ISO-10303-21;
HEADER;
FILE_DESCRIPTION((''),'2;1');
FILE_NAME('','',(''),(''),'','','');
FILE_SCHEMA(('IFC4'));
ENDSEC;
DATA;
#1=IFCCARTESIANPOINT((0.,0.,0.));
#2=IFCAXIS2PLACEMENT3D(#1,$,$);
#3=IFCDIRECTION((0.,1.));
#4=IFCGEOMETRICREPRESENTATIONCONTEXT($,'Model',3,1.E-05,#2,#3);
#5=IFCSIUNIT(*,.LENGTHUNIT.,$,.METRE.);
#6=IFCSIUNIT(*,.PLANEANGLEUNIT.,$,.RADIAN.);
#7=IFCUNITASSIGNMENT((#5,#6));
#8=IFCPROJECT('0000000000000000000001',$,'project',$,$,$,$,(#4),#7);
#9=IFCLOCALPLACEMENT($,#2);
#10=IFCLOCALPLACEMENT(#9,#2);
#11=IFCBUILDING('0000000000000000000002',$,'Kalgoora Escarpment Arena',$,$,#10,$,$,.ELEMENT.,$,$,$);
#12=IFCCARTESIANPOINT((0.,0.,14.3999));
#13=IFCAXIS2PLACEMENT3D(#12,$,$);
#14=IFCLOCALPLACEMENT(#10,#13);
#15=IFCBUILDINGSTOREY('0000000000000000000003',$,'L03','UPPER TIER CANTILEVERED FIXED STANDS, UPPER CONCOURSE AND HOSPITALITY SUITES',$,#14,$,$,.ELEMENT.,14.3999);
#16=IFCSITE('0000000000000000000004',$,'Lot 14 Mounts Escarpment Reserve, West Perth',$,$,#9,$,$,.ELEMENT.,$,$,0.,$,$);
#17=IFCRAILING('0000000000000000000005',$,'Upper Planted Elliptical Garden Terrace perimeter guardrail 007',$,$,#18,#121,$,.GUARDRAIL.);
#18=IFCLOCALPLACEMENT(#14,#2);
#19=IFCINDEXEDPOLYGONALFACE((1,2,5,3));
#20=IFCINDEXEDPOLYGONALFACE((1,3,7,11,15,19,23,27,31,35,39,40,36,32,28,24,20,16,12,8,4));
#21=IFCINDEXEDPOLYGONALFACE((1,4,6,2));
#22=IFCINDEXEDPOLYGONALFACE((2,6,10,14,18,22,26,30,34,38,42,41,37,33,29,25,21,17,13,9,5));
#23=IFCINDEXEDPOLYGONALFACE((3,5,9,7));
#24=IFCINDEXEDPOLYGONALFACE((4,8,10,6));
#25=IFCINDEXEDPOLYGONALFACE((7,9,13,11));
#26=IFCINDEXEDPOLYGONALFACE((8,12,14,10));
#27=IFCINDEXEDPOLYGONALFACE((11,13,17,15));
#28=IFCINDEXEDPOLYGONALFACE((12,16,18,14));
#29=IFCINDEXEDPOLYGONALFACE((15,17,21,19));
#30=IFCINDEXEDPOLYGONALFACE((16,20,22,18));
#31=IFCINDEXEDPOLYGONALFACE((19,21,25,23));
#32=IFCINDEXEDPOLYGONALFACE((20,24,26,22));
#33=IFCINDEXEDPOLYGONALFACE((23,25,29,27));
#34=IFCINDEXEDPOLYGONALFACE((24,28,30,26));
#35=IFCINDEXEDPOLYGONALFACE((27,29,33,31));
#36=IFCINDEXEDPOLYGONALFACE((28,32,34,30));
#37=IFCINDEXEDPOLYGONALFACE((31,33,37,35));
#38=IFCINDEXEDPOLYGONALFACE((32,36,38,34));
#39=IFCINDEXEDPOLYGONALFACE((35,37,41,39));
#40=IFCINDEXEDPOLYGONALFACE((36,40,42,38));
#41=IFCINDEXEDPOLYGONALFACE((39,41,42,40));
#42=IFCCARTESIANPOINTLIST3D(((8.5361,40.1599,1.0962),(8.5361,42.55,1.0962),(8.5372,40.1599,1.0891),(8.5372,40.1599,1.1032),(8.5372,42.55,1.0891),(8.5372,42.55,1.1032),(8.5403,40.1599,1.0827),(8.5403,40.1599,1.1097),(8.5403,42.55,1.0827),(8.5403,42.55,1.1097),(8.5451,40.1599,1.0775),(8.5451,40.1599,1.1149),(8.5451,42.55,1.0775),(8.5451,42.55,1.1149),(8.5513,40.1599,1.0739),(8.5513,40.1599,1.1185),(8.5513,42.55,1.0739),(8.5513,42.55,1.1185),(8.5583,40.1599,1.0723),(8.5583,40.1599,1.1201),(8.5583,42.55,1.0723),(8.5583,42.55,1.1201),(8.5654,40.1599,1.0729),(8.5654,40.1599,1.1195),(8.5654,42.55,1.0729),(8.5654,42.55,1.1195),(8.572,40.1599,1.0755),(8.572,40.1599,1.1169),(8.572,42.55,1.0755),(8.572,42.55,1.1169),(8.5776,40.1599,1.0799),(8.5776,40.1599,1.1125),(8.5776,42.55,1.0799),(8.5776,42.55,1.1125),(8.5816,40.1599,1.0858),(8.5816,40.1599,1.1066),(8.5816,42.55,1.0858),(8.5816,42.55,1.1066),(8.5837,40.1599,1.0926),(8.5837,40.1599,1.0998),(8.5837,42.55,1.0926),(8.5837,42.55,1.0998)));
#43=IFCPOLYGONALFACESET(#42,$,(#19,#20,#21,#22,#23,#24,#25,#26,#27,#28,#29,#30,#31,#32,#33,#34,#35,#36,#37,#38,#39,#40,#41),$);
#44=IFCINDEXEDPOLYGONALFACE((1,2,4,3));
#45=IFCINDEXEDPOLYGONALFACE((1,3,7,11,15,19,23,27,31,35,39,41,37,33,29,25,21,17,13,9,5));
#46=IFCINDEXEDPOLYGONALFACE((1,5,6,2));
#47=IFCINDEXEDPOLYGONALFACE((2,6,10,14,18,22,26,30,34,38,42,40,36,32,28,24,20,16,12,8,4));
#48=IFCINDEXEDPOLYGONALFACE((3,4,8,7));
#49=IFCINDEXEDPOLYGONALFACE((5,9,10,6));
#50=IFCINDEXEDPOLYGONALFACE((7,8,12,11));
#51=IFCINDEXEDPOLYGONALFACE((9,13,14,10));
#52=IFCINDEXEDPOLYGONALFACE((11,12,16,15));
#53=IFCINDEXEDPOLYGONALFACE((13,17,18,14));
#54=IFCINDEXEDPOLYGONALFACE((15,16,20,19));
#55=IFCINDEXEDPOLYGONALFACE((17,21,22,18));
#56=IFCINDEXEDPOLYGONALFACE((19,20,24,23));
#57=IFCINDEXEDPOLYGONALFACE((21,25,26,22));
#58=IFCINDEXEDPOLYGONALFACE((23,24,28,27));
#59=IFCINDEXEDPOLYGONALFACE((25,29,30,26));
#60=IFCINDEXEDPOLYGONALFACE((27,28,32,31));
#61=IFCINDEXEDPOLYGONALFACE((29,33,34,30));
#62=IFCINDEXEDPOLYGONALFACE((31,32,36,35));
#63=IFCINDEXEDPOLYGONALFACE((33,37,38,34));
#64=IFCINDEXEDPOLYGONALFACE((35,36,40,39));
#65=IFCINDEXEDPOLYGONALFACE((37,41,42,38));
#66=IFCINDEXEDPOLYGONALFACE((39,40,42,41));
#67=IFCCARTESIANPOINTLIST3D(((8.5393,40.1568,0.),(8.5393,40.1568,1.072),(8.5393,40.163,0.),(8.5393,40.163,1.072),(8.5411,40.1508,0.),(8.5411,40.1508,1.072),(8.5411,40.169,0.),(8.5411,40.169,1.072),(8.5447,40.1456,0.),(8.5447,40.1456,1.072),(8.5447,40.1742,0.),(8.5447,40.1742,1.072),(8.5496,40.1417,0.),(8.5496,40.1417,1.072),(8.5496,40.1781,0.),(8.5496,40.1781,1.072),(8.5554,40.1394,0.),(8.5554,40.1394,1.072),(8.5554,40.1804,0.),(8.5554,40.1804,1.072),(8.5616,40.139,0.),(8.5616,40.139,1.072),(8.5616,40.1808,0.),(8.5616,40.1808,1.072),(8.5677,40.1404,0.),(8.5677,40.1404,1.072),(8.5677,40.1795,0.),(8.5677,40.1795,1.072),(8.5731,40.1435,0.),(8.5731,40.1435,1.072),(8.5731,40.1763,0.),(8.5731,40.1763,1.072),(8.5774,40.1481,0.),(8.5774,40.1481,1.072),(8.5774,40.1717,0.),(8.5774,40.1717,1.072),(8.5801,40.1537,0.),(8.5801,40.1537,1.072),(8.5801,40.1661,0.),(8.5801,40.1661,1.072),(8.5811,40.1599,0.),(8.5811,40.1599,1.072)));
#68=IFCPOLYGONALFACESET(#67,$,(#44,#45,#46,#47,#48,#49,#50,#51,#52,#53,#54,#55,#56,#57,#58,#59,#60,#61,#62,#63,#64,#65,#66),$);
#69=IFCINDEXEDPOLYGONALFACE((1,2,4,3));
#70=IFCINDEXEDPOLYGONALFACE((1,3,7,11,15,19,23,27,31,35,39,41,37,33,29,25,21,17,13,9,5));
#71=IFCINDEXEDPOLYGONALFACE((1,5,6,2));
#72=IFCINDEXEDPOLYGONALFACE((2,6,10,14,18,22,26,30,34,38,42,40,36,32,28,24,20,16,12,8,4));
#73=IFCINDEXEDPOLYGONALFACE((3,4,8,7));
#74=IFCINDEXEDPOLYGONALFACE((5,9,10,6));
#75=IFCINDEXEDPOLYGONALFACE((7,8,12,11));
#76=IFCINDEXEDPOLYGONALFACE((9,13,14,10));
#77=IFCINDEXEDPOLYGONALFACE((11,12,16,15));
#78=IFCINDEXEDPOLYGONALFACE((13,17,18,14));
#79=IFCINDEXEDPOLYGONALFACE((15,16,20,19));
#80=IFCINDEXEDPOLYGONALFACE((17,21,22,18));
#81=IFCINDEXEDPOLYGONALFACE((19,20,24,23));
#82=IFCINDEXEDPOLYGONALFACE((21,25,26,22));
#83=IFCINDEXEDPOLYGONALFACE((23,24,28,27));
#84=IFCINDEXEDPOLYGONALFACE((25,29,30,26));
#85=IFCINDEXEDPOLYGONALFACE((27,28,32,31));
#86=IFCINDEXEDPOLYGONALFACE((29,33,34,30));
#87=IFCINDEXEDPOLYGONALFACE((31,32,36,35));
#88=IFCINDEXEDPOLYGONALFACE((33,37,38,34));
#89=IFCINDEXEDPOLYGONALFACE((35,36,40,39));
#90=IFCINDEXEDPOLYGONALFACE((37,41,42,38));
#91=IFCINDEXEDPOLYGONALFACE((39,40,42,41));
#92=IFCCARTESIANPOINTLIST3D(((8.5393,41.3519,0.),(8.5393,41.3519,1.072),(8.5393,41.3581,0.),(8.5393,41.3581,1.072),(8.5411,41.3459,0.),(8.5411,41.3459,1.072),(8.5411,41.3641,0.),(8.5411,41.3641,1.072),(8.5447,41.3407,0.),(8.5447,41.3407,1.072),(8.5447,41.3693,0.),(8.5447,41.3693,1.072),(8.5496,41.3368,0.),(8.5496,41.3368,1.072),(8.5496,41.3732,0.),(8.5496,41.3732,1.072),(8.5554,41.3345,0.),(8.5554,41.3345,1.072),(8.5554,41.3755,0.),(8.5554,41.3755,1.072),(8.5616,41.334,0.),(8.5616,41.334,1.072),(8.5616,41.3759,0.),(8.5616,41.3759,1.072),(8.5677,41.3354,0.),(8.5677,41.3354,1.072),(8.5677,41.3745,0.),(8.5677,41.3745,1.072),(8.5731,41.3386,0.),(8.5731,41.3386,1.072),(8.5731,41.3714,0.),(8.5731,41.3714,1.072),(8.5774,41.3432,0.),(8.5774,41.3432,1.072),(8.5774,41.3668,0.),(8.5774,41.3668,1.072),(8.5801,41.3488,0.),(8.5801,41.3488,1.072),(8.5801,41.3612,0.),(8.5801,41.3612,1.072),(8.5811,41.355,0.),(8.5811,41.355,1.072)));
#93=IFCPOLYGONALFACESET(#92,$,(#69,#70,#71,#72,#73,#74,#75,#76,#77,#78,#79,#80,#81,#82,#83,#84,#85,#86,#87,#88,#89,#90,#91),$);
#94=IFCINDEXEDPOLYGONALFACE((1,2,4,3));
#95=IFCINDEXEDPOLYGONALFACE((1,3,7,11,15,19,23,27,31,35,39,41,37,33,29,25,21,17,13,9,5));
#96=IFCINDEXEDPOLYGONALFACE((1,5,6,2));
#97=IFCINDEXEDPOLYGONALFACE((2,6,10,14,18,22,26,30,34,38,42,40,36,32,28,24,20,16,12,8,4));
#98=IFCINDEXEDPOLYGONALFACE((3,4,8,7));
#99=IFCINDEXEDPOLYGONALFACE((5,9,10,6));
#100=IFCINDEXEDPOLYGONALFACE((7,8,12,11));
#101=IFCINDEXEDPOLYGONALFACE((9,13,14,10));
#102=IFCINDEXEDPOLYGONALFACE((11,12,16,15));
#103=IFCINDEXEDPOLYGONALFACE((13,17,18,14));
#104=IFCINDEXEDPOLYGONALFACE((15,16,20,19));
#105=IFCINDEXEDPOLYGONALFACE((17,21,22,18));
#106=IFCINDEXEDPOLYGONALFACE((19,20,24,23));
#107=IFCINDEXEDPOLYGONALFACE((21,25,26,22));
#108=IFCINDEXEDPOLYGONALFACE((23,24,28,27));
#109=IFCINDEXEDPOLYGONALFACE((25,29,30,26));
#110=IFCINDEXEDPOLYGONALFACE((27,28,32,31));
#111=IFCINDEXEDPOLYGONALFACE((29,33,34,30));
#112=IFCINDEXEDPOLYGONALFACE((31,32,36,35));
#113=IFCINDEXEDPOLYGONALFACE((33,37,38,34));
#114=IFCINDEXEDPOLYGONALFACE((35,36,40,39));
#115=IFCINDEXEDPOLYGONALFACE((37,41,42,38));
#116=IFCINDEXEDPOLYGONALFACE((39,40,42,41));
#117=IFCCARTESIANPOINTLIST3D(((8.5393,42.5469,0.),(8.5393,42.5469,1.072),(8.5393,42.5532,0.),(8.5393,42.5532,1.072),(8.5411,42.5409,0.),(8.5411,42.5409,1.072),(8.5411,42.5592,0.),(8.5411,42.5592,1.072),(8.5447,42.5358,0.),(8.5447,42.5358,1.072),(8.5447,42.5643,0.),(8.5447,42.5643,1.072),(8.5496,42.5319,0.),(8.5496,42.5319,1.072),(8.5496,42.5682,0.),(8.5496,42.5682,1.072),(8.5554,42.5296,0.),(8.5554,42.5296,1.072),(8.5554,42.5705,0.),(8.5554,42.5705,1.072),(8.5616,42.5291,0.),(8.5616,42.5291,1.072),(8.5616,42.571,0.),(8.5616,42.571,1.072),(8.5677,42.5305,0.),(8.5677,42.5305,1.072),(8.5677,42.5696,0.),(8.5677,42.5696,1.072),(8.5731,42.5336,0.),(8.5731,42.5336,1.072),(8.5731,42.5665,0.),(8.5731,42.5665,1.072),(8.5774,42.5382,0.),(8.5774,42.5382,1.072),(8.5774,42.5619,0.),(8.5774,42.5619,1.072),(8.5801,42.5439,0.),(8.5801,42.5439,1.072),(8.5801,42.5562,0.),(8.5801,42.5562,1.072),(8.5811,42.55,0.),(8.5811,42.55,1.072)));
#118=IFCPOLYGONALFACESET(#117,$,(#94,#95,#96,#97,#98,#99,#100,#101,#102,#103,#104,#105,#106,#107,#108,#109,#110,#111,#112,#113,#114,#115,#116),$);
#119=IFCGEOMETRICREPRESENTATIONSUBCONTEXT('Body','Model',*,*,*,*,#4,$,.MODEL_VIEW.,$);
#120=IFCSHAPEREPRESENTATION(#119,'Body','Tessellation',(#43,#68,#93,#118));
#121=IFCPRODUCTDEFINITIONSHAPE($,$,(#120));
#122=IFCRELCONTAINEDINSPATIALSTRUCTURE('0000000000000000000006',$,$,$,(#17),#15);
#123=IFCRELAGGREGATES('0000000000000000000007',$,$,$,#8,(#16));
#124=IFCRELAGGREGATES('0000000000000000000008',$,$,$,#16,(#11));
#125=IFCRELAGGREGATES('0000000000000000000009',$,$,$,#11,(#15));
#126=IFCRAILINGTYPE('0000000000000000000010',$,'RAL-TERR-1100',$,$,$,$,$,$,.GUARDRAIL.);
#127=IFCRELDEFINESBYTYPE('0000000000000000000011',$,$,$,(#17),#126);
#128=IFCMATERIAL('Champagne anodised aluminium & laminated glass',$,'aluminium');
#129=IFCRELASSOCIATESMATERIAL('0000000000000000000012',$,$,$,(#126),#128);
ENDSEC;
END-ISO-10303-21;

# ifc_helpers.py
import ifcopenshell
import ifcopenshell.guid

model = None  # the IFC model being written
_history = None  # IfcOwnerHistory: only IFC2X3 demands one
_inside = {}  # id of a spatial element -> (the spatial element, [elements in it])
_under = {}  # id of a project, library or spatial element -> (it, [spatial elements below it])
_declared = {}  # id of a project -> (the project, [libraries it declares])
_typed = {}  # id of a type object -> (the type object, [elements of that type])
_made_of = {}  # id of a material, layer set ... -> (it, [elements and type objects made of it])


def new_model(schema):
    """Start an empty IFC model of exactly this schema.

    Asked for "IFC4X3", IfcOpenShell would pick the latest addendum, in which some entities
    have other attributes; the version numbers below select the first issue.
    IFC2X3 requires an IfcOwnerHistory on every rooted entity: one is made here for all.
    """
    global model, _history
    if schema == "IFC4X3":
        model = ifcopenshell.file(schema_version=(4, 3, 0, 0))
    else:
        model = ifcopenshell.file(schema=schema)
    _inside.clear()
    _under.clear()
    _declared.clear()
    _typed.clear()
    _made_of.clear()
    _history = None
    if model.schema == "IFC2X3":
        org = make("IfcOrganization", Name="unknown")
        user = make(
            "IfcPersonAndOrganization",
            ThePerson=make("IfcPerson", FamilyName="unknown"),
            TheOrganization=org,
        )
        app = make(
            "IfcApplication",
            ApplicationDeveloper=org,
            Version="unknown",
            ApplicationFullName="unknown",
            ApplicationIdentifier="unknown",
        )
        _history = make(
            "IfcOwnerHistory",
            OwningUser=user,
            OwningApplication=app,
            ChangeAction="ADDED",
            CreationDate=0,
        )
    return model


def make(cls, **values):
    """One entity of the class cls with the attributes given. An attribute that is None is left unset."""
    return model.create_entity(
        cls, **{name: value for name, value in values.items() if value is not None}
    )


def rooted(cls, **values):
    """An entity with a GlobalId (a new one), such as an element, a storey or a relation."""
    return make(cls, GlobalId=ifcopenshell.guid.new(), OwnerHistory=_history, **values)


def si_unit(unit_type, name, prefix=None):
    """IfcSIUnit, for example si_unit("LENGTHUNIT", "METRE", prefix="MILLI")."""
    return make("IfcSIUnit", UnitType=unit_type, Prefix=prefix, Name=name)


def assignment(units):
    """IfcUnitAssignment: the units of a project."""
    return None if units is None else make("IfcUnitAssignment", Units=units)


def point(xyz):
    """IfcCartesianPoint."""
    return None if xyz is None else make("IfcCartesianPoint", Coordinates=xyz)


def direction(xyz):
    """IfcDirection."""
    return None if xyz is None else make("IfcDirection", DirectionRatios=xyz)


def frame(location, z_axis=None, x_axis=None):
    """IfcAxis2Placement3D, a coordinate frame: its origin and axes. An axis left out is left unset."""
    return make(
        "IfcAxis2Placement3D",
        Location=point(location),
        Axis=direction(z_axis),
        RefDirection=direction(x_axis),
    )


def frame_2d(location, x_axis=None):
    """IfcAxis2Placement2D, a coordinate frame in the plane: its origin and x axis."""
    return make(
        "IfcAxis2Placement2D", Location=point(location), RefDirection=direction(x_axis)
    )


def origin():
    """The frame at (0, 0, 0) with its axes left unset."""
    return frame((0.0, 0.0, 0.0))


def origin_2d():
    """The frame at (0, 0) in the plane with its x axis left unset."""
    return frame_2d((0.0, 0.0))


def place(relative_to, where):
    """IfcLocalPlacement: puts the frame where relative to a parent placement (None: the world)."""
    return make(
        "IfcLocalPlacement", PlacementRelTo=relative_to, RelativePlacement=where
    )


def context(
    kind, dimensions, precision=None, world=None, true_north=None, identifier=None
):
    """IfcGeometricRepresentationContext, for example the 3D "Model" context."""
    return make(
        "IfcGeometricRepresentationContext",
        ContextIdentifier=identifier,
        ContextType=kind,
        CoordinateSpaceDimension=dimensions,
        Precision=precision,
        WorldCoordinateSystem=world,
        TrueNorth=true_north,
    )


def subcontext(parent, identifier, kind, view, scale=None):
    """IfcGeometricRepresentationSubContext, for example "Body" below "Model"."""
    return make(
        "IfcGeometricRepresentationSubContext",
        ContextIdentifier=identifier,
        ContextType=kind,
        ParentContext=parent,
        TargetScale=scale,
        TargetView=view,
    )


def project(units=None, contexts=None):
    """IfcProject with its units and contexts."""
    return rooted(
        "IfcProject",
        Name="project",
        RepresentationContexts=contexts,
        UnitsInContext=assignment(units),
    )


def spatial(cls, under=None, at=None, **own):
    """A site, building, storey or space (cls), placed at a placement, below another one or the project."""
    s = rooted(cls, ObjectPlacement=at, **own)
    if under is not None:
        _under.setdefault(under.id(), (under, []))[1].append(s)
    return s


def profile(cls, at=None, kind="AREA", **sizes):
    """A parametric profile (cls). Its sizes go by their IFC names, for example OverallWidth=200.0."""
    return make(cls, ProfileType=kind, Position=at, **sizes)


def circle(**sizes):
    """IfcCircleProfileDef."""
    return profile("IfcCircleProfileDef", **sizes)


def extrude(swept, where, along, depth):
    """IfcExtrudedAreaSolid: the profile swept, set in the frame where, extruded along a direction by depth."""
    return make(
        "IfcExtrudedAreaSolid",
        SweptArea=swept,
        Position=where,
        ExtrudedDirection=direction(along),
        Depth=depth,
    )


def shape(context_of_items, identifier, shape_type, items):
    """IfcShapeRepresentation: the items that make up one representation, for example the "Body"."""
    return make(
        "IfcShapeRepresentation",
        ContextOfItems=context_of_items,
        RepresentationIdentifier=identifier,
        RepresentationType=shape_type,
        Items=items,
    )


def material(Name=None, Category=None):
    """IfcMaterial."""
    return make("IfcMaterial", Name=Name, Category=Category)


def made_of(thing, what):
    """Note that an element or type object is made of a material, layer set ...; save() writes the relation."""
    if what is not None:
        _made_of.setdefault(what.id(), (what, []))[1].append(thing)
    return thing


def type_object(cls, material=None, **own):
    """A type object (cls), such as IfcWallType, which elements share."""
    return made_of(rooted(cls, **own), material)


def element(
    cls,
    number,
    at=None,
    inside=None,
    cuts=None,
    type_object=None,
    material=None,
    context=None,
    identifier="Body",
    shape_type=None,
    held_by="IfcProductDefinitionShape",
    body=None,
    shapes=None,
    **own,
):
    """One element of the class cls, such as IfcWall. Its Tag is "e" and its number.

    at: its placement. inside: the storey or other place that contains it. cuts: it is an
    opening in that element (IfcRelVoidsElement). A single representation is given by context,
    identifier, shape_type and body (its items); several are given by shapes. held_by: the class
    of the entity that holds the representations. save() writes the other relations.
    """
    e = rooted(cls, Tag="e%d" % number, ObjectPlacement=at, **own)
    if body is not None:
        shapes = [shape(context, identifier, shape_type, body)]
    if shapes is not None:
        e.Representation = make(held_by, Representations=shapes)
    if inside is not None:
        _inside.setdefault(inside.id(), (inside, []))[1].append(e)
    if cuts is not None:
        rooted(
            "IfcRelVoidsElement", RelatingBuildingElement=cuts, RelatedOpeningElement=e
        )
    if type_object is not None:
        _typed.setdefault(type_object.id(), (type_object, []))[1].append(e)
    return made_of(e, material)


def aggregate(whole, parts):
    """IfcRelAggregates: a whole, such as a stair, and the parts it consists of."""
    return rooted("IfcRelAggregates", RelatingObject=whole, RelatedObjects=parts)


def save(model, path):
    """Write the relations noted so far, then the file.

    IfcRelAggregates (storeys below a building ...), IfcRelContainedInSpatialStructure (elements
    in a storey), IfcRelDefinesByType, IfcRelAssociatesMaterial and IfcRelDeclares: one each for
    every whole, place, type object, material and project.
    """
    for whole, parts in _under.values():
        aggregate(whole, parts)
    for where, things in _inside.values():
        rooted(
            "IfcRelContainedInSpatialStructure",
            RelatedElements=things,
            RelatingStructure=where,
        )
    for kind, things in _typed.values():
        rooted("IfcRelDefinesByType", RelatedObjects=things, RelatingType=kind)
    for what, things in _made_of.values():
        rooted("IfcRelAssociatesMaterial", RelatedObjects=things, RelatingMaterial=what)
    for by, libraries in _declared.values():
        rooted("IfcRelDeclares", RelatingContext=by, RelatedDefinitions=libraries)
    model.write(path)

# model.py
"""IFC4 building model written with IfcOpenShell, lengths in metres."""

from ifc_helpers import new_model, si_unit, direction, frame, origin, origin_2d, place, context, subcontext, project, spatial, circle, extrude, material, type_object, element, save


model = new_model("IFC4")

# Units and contexts
model_context = context("Model", 3, precision=1e-05, world=origin(), true_north=direction((0.0, 1.0)))
body_context = subcontext(model_context, "Body", "Model", "MODEL_VIEW")
ifc_project = project(units=[si_unit("LENGTHUNIT", "METRE"), si_unit("PLANEANGLEUNIT", "RADIAN")], contexts=[model_context])

# Site, building, storey
site_placement = place(None, origin())
site = spatial("IfcSite", under=ifc_project, at=site_placement, Name="Lot 14 Mounts Escarpment Reserve, West Perth", CompositionType="ELEMENT", RefElevation=0.0)
building_placement = place(site_placement, origin())
building = spatial("IfcBuilding", under=site, at=building_placement, Name="Kalgoora Escarpment Arena", CompositionType="ELEMENT")
storey_placement = place(building_placement, frame((0.0, 0.0, 14.3999)))
storey = spatial("IfcBuildingStorey", under=building, at=storey_placement, Name="L03", Description="UPPER TIER CANTILEVERED FIXED STANDS, UPPER CONCOURSE AND HOSPITALITY SUITES", CompositionType="ELEMENT", Elevation=14.3999)

# Railing
ifc_material_1 = material(Name="Champagne anodised aluminium & laminated glass", Category="aluminium")
railing_type = type_object("IfcRailingType", Name="RAL-TERR-1100", PredefinedType="GUARDRAIL", material=ifc_material_1)
railing_placement = place(storey_placement, frame((8.5601, 40.1599, 0.0)))
element("IfcRailing", 1, at=railing_placement, inside=storey, type_object=railing_type, Name="Upper Planted Elliptical Garden Terrace perimeter guardrail 007", PredefinedType="GUARDRAIL", context=body_context, shape_type="SweptSolid", body=[
    extrude(circle(Radius=0.0239, at=origin_2d()), frame((0.0, 0.0, 1.0962), z_axis=(0.0, 1.0, 0.0), x_axis=(-1.0, 0.0, 0.0)), (0.0, 0.0, 1.0), 2.3901),
    extrude(circle(Radius=0.021, at=origin_2d()), origin(), (0.0, 0.0, 1.0), 1.072),
    extrude(circle(Radius=0.021, at=origin_2d()), frame((0.0, 1.1951, 0.0)), (0.0, 0.0, 1.0), 1.072),
    extrude(circle(Radius=0.021, at=origin_2d()), frame((0.0, 2.3901, 0.0)), (0.0, 0.0, 1.0), 1.072),
])

save(model, "model.ifc")
